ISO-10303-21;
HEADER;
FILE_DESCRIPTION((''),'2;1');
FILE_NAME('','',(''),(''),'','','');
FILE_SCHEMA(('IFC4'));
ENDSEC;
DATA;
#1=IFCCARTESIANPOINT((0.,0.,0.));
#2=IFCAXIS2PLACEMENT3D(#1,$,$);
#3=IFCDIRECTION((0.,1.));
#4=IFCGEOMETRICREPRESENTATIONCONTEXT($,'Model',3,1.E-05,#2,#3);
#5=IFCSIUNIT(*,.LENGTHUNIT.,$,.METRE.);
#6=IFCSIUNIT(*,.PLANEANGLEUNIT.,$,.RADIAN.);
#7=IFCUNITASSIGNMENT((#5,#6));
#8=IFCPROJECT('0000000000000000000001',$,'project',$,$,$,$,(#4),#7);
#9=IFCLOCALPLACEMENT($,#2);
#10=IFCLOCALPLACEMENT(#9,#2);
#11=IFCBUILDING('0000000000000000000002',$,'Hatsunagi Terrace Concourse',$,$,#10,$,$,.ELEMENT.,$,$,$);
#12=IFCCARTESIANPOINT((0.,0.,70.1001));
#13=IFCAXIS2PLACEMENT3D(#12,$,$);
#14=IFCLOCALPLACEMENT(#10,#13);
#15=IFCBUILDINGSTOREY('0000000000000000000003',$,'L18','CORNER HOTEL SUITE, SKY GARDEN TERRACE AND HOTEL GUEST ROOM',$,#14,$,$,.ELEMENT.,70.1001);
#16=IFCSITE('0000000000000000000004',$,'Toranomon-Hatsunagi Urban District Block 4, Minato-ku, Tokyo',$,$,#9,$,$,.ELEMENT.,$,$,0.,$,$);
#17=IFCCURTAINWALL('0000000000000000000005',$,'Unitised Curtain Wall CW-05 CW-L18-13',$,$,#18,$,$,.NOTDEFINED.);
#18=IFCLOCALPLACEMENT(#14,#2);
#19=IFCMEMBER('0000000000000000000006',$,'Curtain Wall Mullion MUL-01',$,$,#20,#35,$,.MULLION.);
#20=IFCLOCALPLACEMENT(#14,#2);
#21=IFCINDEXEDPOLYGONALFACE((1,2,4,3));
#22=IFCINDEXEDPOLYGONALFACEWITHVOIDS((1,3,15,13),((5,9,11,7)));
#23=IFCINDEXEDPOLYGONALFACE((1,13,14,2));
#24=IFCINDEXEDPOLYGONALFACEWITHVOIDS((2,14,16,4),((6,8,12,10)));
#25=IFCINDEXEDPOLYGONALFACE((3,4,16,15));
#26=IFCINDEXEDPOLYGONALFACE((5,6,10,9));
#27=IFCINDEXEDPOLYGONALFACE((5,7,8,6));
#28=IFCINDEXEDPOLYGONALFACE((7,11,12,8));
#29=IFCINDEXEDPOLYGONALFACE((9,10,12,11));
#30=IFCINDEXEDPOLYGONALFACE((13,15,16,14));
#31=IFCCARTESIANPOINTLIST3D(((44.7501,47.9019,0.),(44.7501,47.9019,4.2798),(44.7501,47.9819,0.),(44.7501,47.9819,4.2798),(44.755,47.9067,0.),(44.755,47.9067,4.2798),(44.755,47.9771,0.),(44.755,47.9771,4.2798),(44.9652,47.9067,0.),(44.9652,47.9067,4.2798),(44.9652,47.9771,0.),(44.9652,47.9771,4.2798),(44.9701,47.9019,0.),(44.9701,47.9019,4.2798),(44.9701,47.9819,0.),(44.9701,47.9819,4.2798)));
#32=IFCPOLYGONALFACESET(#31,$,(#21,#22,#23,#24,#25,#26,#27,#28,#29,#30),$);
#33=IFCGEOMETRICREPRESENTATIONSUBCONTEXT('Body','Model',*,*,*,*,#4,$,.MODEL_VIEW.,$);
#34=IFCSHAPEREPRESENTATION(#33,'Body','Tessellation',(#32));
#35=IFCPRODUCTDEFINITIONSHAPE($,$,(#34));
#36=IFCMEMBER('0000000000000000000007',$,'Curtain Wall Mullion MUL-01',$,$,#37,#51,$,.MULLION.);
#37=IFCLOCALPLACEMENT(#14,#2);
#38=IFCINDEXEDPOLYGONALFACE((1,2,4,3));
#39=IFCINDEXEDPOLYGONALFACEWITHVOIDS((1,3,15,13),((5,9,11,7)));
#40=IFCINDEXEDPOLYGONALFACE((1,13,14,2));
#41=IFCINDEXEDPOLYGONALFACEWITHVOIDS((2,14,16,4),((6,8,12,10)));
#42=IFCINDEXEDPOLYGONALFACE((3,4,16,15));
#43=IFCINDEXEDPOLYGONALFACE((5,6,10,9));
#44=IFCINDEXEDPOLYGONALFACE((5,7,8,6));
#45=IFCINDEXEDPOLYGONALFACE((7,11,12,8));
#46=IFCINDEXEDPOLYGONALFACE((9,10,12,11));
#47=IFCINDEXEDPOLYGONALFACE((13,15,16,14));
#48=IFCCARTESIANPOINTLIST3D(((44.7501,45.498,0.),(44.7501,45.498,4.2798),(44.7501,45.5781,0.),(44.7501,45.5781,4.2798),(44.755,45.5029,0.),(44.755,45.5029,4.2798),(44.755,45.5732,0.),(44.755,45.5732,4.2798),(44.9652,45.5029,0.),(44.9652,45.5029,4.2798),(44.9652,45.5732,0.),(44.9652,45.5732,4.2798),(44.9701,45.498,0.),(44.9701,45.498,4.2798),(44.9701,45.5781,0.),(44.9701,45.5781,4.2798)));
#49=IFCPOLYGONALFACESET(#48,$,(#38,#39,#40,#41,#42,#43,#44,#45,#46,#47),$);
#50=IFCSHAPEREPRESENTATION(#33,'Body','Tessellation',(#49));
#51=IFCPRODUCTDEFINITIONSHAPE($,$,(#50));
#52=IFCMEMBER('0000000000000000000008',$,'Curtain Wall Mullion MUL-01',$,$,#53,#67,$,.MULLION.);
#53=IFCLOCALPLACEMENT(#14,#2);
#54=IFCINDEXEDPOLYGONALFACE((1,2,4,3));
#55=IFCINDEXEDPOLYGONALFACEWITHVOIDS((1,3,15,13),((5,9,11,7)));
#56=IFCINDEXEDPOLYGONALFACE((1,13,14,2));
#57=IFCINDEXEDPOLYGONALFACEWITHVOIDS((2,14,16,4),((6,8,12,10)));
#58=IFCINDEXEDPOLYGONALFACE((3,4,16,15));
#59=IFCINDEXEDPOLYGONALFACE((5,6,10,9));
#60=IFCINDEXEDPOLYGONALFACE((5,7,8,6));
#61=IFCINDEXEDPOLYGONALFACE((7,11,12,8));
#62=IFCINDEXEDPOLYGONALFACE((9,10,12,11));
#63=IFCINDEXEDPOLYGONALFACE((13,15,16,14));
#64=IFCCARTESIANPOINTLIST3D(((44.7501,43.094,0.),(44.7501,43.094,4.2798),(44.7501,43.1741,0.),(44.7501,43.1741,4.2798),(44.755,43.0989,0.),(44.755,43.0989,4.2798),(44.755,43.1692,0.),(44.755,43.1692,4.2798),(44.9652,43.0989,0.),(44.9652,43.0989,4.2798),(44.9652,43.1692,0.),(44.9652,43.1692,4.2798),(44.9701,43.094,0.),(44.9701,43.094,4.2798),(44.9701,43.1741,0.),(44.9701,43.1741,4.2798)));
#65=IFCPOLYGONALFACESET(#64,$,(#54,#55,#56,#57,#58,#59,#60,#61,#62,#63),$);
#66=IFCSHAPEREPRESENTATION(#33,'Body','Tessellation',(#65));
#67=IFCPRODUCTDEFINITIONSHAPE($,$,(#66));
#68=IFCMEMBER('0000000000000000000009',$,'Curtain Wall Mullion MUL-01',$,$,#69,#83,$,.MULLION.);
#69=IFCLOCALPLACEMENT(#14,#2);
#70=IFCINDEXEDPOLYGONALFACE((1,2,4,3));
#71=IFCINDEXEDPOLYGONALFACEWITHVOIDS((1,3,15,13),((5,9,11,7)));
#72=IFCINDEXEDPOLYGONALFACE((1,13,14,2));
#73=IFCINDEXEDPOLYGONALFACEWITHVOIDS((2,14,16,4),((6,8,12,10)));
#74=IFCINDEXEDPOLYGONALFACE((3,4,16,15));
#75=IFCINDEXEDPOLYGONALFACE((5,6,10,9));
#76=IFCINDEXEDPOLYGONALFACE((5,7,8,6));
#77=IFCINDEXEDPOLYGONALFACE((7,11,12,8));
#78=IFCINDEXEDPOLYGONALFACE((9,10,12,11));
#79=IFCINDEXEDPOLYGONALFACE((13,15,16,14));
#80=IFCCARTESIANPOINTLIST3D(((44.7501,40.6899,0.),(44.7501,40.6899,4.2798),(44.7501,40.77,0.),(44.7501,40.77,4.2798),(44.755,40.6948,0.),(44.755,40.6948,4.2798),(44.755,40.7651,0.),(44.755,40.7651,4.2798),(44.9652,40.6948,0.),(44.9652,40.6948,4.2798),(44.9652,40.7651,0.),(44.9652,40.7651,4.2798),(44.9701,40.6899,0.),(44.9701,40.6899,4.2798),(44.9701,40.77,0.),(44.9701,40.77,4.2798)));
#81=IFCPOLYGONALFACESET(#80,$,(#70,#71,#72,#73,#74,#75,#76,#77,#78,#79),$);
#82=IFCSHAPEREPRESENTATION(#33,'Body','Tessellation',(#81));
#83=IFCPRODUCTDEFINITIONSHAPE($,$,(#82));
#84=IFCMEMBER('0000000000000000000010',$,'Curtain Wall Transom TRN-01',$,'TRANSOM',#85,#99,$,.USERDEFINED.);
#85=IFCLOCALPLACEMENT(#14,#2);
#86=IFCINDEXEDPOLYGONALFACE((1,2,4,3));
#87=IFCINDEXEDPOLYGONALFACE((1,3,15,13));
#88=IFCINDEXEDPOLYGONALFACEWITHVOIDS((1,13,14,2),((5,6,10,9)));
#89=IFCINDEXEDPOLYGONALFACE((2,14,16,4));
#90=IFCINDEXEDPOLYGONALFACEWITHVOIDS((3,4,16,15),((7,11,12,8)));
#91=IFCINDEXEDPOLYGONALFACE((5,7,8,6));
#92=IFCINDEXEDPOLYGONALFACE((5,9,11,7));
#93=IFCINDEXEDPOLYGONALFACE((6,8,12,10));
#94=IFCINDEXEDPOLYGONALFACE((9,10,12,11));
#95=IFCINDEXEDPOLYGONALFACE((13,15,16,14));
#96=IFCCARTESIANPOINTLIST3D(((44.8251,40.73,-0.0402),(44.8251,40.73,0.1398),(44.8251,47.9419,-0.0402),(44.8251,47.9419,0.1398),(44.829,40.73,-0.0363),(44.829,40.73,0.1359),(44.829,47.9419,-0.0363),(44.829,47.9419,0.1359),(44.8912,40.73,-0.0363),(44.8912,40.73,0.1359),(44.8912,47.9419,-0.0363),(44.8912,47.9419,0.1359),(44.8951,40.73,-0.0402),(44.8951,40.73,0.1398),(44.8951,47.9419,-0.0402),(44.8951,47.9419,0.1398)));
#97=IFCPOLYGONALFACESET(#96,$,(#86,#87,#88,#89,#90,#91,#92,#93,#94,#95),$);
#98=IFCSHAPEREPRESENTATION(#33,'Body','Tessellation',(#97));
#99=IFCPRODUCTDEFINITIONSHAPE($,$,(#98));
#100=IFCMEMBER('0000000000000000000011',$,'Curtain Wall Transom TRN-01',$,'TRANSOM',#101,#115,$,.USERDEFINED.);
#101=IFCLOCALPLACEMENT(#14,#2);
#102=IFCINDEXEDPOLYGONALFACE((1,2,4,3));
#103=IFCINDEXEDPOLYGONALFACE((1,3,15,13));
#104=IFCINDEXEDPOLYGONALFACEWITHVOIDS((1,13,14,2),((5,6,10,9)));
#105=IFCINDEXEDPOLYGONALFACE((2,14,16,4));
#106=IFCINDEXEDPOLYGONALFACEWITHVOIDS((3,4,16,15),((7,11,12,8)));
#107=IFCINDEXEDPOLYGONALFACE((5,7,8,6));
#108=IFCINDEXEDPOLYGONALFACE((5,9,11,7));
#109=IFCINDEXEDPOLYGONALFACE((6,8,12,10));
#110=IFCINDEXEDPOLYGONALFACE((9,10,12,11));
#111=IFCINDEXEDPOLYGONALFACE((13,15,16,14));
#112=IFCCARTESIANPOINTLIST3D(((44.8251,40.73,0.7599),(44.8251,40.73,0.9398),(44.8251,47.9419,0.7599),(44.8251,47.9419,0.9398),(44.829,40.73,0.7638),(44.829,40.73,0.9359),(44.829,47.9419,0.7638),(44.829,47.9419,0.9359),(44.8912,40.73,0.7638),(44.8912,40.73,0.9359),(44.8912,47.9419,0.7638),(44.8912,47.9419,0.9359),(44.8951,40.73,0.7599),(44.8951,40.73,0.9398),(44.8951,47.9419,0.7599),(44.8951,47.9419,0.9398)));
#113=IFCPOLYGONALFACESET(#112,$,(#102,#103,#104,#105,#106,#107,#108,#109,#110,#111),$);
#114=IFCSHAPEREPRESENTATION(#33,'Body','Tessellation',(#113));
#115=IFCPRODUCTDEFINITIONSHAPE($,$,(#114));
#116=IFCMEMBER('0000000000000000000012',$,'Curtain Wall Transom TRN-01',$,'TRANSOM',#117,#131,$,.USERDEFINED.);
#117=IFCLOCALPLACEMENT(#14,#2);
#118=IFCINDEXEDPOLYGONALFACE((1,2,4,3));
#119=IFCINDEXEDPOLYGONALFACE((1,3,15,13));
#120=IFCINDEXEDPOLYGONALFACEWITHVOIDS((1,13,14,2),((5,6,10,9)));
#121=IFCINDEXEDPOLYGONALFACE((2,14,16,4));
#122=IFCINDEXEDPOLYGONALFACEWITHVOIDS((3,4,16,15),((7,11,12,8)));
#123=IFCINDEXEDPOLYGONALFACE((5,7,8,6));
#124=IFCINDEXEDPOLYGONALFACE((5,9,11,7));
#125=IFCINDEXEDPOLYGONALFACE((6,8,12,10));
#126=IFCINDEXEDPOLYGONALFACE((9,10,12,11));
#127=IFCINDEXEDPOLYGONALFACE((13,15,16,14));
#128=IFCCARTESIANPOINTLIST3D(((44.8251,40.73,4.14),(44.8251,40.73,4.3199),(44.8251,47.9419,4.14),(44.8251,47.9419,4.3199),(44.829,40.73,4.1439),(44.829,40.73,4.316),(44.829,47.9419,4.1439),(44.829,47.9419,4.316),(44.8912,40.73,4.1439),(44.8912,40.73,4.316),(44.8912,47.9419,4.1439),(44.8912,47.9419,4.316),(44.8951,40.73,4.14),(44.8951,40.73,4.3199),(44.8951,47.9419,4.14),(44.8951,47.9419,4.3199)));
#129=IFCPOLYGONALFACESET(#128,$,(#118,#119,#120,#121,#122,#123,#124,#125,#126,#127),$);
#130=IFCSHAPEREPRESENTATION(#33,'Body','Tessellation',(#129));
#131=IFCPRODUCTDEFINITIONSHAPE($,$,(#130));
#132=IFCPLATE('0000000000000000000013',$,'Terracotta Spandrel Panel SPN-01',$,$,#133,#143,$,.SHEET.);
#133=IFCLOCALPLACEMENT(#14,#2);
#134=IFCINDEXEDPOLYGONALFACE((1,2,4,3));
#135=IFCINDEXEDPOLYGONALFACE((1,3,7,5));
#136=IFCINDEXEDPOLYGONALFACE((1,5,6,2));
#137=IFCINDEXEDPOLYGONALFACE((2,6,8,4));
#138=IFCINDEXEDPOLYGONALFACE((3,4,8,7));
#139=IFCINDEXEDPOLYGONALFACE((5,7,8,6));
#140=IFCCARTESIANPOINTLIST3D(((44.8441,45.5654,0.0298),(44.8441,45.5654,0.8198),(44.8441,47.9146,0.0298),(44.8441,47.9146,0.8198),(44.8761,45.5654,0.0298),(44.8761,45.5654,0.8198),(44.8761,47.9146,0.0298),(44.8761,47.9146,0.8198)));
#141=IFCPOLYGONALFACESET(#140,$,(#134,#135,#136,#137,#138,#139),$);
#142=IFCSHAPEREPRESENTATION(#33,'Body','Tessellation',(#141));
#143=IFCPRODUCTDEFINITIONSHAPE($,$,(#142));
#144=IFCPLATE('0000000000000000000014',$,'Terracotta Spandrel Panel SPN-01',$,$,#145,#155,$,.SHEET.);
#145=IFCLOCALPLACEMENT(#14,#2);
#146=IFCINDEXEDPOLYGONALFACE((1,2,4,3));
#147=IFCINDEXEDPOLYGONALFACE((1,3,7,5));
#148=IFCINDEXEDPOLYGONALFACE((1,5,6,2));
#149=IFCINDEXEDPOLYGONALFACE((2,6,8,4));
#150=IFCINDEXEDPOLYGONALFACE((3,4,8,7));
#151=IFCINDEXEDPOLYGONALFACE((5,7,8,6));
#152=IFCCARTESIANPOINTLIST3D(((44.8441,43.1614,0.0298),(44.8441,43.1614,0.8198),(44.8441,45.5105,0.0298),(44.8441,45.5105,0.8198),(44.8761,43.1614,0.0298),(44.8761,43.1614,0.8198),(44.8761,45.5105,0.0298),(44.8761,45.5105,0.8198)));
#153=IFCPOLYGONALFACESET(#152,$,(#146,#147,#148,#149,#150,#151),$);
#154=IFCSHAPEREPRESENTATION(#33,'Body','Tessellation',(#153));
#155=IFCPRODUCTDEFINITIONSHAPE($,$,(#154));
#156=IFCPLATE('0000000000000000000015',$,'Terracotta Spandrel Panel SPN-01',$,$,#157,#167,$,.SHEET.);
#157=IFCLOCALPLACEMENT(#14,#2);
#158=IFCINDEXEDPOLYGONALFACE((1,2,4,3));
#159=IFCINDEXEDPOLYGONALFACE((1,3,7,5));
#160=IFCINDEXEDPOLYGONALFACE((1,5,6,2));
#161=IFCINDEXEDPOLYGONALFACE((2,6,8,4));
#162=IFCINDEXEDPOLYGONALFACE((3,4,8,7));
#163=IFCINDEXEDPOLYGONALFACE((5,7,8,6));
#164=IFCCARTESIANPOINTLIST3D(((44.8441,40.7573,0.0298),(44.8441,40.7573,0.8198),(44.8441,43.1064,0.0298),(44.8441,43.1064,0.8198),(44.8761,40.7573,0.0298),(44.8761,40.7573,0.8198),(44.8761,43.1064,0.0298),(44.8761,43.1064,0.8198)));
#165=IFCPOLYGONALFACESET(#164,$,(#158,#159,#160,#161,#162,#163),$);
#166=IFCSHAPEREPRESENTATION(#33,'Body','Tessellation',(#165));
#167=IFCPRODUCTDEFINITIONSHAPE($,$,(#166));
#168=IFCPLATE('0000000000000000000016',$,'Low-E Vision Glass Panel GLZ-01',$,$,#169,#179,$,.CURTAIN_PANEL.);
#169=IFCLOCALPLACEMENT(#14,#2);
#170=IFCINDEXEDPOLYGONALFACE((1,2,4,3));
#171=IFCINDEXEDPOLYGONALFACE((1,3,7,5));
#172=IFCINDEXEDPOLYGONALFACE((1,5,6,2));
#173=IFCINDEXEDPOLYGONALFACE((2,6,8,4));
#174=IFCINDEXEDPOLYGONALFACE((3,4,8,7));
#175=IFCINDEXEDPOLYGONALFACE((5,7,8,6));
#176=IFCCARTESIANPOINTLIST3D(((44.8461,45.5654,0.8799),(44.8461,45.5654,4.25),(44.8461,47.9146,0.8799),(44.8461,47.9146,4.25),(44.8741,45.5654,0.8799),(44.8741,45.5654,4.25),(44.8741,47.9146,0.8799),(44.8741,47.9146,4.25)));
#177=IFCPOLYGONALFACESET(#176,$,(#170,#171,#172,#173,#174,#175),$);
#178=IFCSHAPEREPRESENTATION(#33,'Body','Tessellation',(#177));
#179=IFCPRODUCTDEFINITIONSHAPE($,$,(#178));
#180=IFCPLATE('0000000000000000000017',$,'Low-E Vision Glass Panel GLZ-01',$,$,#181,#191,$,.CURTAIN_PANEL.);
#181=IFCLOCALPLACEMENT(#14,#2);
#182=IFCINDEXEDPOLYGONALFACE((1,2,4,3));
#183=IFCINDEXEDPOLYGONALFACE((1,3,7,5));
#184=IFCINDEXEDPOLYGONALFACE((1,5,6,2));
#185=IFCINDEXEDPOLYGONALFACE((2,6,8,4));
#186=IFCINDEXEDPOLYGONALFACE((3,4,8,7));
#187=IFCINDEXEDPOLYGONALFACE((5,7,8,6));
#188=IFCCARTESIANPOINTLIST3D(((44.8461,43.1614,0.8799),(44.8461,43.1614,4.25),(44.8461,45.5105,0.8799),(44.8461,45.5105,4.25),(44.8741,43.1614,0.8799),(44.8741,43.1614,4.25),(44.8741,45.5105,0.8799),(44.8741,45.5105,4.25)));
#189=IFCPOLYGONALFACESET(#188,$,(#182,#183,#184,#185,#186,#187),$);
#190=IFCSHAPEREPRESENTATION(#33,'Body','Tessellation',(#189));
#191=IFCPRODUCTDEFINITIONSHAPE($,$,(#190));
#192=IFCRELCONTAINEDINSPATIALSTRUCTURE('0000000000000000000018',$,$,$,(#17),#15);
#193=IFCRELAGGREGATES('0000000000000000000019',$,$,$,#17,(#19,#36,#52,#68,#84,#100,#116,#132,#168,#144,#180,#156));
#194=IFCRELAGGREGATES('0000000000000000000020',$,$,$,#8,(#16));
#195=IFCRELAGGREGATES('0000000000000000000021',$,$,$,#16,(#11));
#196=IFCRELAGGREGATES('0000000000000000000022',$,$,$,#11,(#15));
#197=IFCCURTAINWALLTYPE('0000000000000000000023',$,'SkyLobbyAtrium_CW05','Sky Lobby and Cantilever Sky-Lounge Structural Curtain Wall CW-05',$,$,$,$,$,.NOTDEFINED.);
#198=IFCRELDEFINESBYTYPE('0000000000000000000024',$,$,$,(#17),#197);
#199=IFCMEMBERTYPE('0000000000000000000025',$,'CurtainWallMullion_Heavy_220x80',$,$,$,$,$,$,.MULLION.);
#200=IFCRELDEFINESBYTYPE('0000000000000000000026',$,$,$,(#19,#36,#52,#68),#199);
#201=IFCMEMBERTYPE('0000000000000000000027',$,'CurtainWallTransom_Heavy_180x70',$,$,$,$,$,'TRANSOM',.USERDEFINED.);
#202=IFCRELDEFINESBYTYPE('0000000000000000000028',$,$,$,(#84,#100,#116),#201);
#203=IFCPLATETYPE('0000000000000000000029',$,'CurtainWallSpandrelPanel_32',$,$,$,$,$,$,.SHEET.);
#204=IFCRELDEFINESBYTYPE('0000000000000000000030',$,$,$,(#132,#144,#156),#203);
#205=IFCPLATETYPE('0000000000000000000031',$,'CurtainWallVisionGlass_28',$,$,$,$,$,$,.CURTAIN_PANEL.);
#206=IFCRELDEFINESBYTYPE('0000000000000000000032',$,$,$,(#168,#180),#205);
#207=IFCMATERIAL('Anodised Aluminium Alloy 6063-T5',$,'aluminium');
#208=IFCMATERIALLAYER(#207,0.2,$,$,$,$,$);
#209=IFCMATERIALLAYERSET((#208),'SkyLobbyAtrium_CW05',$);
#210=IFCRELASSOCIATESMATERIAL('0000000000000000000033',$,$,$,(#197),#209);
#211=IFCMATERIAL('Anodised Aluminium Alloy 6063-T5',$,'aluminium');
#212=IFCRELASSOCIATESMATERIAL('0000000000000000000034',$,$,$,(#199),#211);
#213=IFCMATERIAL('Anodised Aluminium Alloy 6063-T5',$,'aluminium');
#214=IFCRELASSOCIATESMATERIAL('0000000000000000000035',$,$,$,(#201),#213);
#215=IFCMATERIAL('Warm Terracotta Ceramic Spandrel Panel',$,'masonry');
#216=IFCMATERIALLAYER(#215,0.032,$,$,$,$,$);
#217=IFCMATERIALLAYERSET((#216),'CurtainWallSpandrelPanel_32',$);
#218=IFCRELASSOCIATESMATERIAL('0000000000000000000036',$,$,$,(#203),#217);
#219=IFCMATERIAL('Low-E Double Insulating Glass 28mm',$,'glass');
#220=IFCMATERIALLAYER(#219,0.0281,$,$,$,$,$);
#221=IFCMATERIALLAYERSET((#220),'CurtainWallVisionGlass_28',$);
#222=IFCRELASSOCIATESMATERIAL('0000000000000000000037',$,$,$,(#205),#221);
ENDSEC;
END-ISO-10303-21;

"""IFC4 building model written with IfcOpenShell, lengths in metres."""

from ifc_helpers import new_model, si_unit, direction, frame, origin, origin_2d, place, context, subcontext, project, spatial, rectangle, hollow_rectangle, extrude, material, layer, layer_set, material_profile, profile_set, type_object, element, aggregate, save


model = new_model("IFC4")

# Units and contexts
model_context = context("Model", 3, precision=1e-05, world=origin(), true_north=direction((0.0, 1.0)))
body_context = subcontext(model_context, "Body", "Model", "MODEL_VIEW")
ifc_project = project(units=[si_unit("LENGTHUNIT", "METRE"), si_unit("PLANEANGLEUNIT", "RADIAN")], contexts=[model_context])

# Site, building, storey
site_placement = place(None, origin())
site = spatial("IfcSite", under=ifc_project, at=site_placement, Name="Toranomon-Hatsunagi Urban District Block 4, Minato-ku, Tokyo", CompositionType="ELEMENT", RefElevation=0.0)
building_placement = place(site_placement, origin())
building = spatial("IfcBuilding", under=site, at=building_placement, Name="Hatsunagi Terrace Concourse", CompositionType="ELEMENT")
storey_placement = place(building_placement, frame((0.0, 0.0, 70.1001)))
storey = spatial("IfcBuildingStorey", under=building, at=storey_placement, Name="L18", Description="CORNER HOTEL SUITE, SKY GARDEN TERRACE AND HOTEL GUEST ROOM", CompositionType="ELEMENT", Elevation=70.1001)

# Curtain wall, members, plates
ifc_material_1 = material(Name="Anodised Aluminium Alloy 6063-T5", Category="aluminium")
ifc_layer_1 = layer(ifc_material_1, 0.2)
ifc_layer_set_1 = layer_set([ifc_layer_1], Name="SkyLobbyAtrium_CW05")
curtain_wall_type = type_object("IfcCurtainWallType", Name="SkyLobbyAtrium_CW05", Description="Sky Lobby and Cantilever Sky-Lounge Structural Curtain Wall CW-05", PredefinedType="NOTDEFINED", material=ifc_layer_set_1)
curtain_wall_placement = place(storey_placement, origin())
curtain_wall = element("IfcCurtainWall", 1, at=curtain_wall_placement, inside=storey, type_object=curtain_wall_type, Name="Unitised Curtain Wall CW-05 CW-L18-13", PredefinedType="NOTDEFINED")
ifc_material_2 = material(Name="Anodised Aluminium Alloy 6063-T5", Category="aluminium")
ifc_material_profile_1 = material_profile(ifc_material_2, hollow_rectangle(XDim=0.0801, YDim=0.22, WallThickness=0.0049, at=origin_2d()), Name="ALU-MUL-220x80x5")
ifc_profile_set_1 = profile_set([ifc_material_profile_1], Name="Anodised Aluminium Alloy 6063-T5")
member_type_1 = type_object("IfcMemberType", Name="CurtainWallMullion_Heavy_220x80", PredefinedType="MULLION", material=ifc_profile_set_1)
member_1_placement = place(storey_placement, frame((44.8601, 47.9419, 0.0), z_axis=(0.0, 0.0, 1.0), x_axis=(0.0, -1.0, 0.0)))
member_1 = element("IfcMember", 2, at=member_1_placement, type_object=member_type_1, Name="Curtain Wall Mullion MUL-01", PredefinedType="MULLION", context=body_context, shape_type="SweptSolid", body=[
    extrude(hollow_rectangle(XDim=0.0801, YDim=0.22, WallThickness=0.0049, at=origin_2d()), origin(), (0.0, 0.0, 1.0), 4.2798),
])
member_2_placement = place(storey_placement, frame((44.8601, 45.5381, 0.0), z_axis=(0.0, 0.0, 1.0), x_axis=(0.0, -1.0, 0.0)))
member_2 = element("IfcMember", 3, at=member_2_placement, type_object=member_type_1, Name="Curtain Wall Mullion MUL-01", PredefinedType="MULLION", context=body_context, shape_type="SweptSolid", body=[
    extrude(hollow_rectangle(XDim=0.0801, YDim=0.22, WallThickness=0.0049, at=origin_2d()), origin(), (0.0, 0.0, 1.0), 4.2798),
])
member_3_placement = place(storey_placement, frame((44.8601, 43.134, 0.0), z_axis=(0.0, 0.0, 1.0), x_axis=(0.0, -1.0, 0.0)))
member_3 = element("IfcMember", 4, at=member_3_placement, type_object=member_type_1, Name="Curtain Wall Mullion MUL-01", PredefinedType="MULLION", context=body_context, shape_type="SweptSolid", body=[
    extrude(hollow_rectangle(XDim=0.0801, YDim=0.22, WallThickness=0.0049, at=origin_2d()), origin(), (0.0, 0.0, 1.0), 4.2798),
])
member_4_placement = place(storey_placement, frame((44.8601, 40.73, 0.0), z_axis=(0.0, 0.0, 1.0), x_axis=(0.0, -1.0, 0.0)))
member_4 = element("IfcMember", 5, at=member_4_placement, type_object=member_type_1, Name="Curtain Wall Mullion MUL-01", PredefinedType="MULLION", context=body_context, shape_type="SweptSolid", body=[
    extrude(hollow_rectangle(XDim=0.0801, YDim=0.22, WallThickness=0.0049, at=origin_2d()), origin(), (0.0, 0.0, 1.0), 4.2798),
])
ifc_material_3 = material(Name="Anodised Aluminium Alloy 6063-T5", Category="aluminium")
ifc_material_profile_2 = material_profile(ifc_material_3, hollow_rectangle(XDim=0.0701, YDim=0.1799, WallThickness=0.0039, at=origin_2d()), Name="ALU-TRN-180x70x4")
ifc_profile_set_2 = profile_set([ifc_material_profile_2], Name="Anodised Aluminium Alloy 6063-T5")
member_type_2 = type_object("IfcMemberType", Name="CurtainWallTransom_Heavy_180x70", ElementType="TRANSOM", PredefinedType="USERDEFINED", material=ifc_profile_set_2)
member_5_placement = place(storey_placement, frame((44.8601, 47.9419, 0.0498), z_axis=(0.0, -1.0, 0.0), x_axis=(1.0, 0.0, 0.0)))
member_5 = element("IfcMember", 6, at=member_5_placement, type_object=member_type_2, Name="Curtain Wall Transom TRN-01", ObjectType="TRANSOM", PredefinedType="USERDEFINED", context=body_context, shape_type="SweptSolid", body=[
    extrude(hollow_rectangle(XDim=0.0701, YDim=0.1799, WallThickness=0.0039, at=origin_2d()), origin(), (0.0, 0.0, 1.0), 7.2119),
])
member_6_placement = place(storey_placement, frame((44.8601, 47.9419, 0.8499), z_axis=(0.0, -1.0, 0.0), x_axis=(1.0, 0.0, 0.0)))
member_6 = element("IfcMember", 7, at=member_6_placement, type_object=member_type_2, Name="Curtain Wall Transom TRN-01", ObjectType="TRANSOM", PredefinedType="USERDEFINED", context=body_context, shape_type="SweptSolid", body=[
    extrude(hollow_rectangle(XDim=0.0701, YDim=0.1799, WallThickness=0.0039, at=origin_2d()), origin(), (0.0, 0.0, 1.0), 7.2119),
])
member_7_placement = place(storey_placement, frame((44.8601, 47.9419, 4.23), z_axis=(0.0, -1.0, 0.0), x_axis=(1.0, 0.0, 0.0)))
member_7 = element("IfcMember", 8, at=member_7_placement, type_object=member_type_2, Name="Curtain Wall Transom TRN-01", ObjectType="TRANSOM", PredefinedType="USERDEFINED", context=body_context, shape_type="SweptSolid", body=[
    extrude(hollow_rectangle(XDim=0.0701, YDim=0.1799, WallThickness=0.0039, at=origin_2d()), origin(), (0.0, 0.0, 1.0), 7.2119),
])
ifc_material_4 = material(Name="Warm Terracotta Ceramic Spandrel Panel", Category="masonry")
ifc_layer_2 = layer(ifc_material_4, 0.032)
ifc_layer_set_2 = layer_set([ifc_layer_2], Name="CurtainWallSpandrelPanel_32")
plate_type_1 = type_object("IfcPlateType", Name="CurtainWallSpandrelPanel_32", PredefinedType="SHEET", material=ifc_layer_set_2)
plate_1_placement = place(storey_placement, frame((44.8601, 46.74, 0.0298), z_axis=(0.0, 0.0, 1.0), x_axis=(0.0, -1.0, 0.0)))
plate_1 = element("IfcPlate", 9, at=plate_1_placement, type_object=plate_type_1, Name="Terracotta Spandrel Panel SPN-01", PredefinedType="SHEET", context=body_context, shape_type="SweptSolid", body=[
    extrude(rectangle(XDim=2.3491, YDim=0.032, at=origin_2d()), origin(), (0.0, 0.0, 1.0), 0.79),
])
plate_2_placement = place(storey_placement, frame((44.8601, 44.3359, 0.0298), z_axis=(0.0, 0.0, 1.0), x_axis=(0.0, -1.0, 0.0)))
plate_2 = element("IfcPlate", 10, at=plate_2_placement, type_object=plate_type_1, Name="Terracotta Spandrel Panel SPN-01", PredefinedType="SHEET", context=body_context, shape_type="SweptSolid", body=[
    extrude(rectangle(XDim=2.3491, YDim=0.032, at=origin_2d()), origin(), (0.0, 0.0, 1.0), 0.79),
])
plate_3_placement = place(storey_placement, frame((44.8601, 41.9319, 0.0298), z_axis=(0.0, 0.0, 1.0), x_axis=(0.0, -1.0, 0.0)))
plate_3 = element("IfcPlate", 11, at=plate_3_placement, type_object=plate_type_1, Name="Terracotta Spandrel Panel SPN-01", PredefinedType="SHEET", context=body_context, shape_type="SweptSolid", body=[
    extrude(rectangle(XDim=2.3491, YDim=0.032, at=origin_2d()), origin(), (0.0, 0.0, 1.0), 0.79),
])
ifc_material_5 = material(Name="Low-E Double Insulating Glass 28mm", Category="glass")
ifc_layer_3 = layer(ifc_material_5, 0.0281)
ifc_layer_set_3 = layer_set([ifc_layer_3], Name="CurtainWallVisionGlass_28")
plate_type_2 = type_object("IfcPlateType", Name="CurtainWallVisionGlass_28", PredefinedType="CURTAIN_PANEL", material=ifc_layer_set_3)
plate_4_placement = place(storey_placement, frame((44.8601, 46.74, 0.8799), z_axis=(0.0, 0.0, 1.0), x_axis=(0.0, -1.0, 0.0)))
plate_4 = element("IfcPlate", 12, at=plate_4_placement, type_object=plate_type_2, Name="Low-E Vision Glass Panel GLZ-01", PredefinedType="CURTAIN_PANEL", context=body_context, shape_type="SweptSolid", body=[
    extrude(rectangle(XDim=2.3491, YDim=0.0281, at=origin_2d()), origin(), (0.0, 0.0, 1.0), 3.3701),
])
plate_5_placement = place(storey_placement, frame((44.8601, 44.3359, 0.8799), z_axis=(0.0, 0.0, 1.0), x_axis=(0.0, -1.0, 0.0)))
plate_5 = element("IfcPlate", 13, at=plate_5_placement, type_object=plate_type_2, Name="Low-E Vision Glass Panel GLZ-01", PredefinedType="CURTAIN_PANEL", context=body_context, shape_type="SweptSolid", body=[
    extrude(rectangle(XDim=2.3491, YDim=0.0281, at=origin_2d()), origin(), (0.0, 0.0, 1.0), 3.3701),
])
aggregate(curtain_wall, [member_1, member_2, member_3, member_4, member_5, member_6, member_7, plate_1, plate_4, plate_2, plate_5, plate_3])

save(model, "model.ifc")
